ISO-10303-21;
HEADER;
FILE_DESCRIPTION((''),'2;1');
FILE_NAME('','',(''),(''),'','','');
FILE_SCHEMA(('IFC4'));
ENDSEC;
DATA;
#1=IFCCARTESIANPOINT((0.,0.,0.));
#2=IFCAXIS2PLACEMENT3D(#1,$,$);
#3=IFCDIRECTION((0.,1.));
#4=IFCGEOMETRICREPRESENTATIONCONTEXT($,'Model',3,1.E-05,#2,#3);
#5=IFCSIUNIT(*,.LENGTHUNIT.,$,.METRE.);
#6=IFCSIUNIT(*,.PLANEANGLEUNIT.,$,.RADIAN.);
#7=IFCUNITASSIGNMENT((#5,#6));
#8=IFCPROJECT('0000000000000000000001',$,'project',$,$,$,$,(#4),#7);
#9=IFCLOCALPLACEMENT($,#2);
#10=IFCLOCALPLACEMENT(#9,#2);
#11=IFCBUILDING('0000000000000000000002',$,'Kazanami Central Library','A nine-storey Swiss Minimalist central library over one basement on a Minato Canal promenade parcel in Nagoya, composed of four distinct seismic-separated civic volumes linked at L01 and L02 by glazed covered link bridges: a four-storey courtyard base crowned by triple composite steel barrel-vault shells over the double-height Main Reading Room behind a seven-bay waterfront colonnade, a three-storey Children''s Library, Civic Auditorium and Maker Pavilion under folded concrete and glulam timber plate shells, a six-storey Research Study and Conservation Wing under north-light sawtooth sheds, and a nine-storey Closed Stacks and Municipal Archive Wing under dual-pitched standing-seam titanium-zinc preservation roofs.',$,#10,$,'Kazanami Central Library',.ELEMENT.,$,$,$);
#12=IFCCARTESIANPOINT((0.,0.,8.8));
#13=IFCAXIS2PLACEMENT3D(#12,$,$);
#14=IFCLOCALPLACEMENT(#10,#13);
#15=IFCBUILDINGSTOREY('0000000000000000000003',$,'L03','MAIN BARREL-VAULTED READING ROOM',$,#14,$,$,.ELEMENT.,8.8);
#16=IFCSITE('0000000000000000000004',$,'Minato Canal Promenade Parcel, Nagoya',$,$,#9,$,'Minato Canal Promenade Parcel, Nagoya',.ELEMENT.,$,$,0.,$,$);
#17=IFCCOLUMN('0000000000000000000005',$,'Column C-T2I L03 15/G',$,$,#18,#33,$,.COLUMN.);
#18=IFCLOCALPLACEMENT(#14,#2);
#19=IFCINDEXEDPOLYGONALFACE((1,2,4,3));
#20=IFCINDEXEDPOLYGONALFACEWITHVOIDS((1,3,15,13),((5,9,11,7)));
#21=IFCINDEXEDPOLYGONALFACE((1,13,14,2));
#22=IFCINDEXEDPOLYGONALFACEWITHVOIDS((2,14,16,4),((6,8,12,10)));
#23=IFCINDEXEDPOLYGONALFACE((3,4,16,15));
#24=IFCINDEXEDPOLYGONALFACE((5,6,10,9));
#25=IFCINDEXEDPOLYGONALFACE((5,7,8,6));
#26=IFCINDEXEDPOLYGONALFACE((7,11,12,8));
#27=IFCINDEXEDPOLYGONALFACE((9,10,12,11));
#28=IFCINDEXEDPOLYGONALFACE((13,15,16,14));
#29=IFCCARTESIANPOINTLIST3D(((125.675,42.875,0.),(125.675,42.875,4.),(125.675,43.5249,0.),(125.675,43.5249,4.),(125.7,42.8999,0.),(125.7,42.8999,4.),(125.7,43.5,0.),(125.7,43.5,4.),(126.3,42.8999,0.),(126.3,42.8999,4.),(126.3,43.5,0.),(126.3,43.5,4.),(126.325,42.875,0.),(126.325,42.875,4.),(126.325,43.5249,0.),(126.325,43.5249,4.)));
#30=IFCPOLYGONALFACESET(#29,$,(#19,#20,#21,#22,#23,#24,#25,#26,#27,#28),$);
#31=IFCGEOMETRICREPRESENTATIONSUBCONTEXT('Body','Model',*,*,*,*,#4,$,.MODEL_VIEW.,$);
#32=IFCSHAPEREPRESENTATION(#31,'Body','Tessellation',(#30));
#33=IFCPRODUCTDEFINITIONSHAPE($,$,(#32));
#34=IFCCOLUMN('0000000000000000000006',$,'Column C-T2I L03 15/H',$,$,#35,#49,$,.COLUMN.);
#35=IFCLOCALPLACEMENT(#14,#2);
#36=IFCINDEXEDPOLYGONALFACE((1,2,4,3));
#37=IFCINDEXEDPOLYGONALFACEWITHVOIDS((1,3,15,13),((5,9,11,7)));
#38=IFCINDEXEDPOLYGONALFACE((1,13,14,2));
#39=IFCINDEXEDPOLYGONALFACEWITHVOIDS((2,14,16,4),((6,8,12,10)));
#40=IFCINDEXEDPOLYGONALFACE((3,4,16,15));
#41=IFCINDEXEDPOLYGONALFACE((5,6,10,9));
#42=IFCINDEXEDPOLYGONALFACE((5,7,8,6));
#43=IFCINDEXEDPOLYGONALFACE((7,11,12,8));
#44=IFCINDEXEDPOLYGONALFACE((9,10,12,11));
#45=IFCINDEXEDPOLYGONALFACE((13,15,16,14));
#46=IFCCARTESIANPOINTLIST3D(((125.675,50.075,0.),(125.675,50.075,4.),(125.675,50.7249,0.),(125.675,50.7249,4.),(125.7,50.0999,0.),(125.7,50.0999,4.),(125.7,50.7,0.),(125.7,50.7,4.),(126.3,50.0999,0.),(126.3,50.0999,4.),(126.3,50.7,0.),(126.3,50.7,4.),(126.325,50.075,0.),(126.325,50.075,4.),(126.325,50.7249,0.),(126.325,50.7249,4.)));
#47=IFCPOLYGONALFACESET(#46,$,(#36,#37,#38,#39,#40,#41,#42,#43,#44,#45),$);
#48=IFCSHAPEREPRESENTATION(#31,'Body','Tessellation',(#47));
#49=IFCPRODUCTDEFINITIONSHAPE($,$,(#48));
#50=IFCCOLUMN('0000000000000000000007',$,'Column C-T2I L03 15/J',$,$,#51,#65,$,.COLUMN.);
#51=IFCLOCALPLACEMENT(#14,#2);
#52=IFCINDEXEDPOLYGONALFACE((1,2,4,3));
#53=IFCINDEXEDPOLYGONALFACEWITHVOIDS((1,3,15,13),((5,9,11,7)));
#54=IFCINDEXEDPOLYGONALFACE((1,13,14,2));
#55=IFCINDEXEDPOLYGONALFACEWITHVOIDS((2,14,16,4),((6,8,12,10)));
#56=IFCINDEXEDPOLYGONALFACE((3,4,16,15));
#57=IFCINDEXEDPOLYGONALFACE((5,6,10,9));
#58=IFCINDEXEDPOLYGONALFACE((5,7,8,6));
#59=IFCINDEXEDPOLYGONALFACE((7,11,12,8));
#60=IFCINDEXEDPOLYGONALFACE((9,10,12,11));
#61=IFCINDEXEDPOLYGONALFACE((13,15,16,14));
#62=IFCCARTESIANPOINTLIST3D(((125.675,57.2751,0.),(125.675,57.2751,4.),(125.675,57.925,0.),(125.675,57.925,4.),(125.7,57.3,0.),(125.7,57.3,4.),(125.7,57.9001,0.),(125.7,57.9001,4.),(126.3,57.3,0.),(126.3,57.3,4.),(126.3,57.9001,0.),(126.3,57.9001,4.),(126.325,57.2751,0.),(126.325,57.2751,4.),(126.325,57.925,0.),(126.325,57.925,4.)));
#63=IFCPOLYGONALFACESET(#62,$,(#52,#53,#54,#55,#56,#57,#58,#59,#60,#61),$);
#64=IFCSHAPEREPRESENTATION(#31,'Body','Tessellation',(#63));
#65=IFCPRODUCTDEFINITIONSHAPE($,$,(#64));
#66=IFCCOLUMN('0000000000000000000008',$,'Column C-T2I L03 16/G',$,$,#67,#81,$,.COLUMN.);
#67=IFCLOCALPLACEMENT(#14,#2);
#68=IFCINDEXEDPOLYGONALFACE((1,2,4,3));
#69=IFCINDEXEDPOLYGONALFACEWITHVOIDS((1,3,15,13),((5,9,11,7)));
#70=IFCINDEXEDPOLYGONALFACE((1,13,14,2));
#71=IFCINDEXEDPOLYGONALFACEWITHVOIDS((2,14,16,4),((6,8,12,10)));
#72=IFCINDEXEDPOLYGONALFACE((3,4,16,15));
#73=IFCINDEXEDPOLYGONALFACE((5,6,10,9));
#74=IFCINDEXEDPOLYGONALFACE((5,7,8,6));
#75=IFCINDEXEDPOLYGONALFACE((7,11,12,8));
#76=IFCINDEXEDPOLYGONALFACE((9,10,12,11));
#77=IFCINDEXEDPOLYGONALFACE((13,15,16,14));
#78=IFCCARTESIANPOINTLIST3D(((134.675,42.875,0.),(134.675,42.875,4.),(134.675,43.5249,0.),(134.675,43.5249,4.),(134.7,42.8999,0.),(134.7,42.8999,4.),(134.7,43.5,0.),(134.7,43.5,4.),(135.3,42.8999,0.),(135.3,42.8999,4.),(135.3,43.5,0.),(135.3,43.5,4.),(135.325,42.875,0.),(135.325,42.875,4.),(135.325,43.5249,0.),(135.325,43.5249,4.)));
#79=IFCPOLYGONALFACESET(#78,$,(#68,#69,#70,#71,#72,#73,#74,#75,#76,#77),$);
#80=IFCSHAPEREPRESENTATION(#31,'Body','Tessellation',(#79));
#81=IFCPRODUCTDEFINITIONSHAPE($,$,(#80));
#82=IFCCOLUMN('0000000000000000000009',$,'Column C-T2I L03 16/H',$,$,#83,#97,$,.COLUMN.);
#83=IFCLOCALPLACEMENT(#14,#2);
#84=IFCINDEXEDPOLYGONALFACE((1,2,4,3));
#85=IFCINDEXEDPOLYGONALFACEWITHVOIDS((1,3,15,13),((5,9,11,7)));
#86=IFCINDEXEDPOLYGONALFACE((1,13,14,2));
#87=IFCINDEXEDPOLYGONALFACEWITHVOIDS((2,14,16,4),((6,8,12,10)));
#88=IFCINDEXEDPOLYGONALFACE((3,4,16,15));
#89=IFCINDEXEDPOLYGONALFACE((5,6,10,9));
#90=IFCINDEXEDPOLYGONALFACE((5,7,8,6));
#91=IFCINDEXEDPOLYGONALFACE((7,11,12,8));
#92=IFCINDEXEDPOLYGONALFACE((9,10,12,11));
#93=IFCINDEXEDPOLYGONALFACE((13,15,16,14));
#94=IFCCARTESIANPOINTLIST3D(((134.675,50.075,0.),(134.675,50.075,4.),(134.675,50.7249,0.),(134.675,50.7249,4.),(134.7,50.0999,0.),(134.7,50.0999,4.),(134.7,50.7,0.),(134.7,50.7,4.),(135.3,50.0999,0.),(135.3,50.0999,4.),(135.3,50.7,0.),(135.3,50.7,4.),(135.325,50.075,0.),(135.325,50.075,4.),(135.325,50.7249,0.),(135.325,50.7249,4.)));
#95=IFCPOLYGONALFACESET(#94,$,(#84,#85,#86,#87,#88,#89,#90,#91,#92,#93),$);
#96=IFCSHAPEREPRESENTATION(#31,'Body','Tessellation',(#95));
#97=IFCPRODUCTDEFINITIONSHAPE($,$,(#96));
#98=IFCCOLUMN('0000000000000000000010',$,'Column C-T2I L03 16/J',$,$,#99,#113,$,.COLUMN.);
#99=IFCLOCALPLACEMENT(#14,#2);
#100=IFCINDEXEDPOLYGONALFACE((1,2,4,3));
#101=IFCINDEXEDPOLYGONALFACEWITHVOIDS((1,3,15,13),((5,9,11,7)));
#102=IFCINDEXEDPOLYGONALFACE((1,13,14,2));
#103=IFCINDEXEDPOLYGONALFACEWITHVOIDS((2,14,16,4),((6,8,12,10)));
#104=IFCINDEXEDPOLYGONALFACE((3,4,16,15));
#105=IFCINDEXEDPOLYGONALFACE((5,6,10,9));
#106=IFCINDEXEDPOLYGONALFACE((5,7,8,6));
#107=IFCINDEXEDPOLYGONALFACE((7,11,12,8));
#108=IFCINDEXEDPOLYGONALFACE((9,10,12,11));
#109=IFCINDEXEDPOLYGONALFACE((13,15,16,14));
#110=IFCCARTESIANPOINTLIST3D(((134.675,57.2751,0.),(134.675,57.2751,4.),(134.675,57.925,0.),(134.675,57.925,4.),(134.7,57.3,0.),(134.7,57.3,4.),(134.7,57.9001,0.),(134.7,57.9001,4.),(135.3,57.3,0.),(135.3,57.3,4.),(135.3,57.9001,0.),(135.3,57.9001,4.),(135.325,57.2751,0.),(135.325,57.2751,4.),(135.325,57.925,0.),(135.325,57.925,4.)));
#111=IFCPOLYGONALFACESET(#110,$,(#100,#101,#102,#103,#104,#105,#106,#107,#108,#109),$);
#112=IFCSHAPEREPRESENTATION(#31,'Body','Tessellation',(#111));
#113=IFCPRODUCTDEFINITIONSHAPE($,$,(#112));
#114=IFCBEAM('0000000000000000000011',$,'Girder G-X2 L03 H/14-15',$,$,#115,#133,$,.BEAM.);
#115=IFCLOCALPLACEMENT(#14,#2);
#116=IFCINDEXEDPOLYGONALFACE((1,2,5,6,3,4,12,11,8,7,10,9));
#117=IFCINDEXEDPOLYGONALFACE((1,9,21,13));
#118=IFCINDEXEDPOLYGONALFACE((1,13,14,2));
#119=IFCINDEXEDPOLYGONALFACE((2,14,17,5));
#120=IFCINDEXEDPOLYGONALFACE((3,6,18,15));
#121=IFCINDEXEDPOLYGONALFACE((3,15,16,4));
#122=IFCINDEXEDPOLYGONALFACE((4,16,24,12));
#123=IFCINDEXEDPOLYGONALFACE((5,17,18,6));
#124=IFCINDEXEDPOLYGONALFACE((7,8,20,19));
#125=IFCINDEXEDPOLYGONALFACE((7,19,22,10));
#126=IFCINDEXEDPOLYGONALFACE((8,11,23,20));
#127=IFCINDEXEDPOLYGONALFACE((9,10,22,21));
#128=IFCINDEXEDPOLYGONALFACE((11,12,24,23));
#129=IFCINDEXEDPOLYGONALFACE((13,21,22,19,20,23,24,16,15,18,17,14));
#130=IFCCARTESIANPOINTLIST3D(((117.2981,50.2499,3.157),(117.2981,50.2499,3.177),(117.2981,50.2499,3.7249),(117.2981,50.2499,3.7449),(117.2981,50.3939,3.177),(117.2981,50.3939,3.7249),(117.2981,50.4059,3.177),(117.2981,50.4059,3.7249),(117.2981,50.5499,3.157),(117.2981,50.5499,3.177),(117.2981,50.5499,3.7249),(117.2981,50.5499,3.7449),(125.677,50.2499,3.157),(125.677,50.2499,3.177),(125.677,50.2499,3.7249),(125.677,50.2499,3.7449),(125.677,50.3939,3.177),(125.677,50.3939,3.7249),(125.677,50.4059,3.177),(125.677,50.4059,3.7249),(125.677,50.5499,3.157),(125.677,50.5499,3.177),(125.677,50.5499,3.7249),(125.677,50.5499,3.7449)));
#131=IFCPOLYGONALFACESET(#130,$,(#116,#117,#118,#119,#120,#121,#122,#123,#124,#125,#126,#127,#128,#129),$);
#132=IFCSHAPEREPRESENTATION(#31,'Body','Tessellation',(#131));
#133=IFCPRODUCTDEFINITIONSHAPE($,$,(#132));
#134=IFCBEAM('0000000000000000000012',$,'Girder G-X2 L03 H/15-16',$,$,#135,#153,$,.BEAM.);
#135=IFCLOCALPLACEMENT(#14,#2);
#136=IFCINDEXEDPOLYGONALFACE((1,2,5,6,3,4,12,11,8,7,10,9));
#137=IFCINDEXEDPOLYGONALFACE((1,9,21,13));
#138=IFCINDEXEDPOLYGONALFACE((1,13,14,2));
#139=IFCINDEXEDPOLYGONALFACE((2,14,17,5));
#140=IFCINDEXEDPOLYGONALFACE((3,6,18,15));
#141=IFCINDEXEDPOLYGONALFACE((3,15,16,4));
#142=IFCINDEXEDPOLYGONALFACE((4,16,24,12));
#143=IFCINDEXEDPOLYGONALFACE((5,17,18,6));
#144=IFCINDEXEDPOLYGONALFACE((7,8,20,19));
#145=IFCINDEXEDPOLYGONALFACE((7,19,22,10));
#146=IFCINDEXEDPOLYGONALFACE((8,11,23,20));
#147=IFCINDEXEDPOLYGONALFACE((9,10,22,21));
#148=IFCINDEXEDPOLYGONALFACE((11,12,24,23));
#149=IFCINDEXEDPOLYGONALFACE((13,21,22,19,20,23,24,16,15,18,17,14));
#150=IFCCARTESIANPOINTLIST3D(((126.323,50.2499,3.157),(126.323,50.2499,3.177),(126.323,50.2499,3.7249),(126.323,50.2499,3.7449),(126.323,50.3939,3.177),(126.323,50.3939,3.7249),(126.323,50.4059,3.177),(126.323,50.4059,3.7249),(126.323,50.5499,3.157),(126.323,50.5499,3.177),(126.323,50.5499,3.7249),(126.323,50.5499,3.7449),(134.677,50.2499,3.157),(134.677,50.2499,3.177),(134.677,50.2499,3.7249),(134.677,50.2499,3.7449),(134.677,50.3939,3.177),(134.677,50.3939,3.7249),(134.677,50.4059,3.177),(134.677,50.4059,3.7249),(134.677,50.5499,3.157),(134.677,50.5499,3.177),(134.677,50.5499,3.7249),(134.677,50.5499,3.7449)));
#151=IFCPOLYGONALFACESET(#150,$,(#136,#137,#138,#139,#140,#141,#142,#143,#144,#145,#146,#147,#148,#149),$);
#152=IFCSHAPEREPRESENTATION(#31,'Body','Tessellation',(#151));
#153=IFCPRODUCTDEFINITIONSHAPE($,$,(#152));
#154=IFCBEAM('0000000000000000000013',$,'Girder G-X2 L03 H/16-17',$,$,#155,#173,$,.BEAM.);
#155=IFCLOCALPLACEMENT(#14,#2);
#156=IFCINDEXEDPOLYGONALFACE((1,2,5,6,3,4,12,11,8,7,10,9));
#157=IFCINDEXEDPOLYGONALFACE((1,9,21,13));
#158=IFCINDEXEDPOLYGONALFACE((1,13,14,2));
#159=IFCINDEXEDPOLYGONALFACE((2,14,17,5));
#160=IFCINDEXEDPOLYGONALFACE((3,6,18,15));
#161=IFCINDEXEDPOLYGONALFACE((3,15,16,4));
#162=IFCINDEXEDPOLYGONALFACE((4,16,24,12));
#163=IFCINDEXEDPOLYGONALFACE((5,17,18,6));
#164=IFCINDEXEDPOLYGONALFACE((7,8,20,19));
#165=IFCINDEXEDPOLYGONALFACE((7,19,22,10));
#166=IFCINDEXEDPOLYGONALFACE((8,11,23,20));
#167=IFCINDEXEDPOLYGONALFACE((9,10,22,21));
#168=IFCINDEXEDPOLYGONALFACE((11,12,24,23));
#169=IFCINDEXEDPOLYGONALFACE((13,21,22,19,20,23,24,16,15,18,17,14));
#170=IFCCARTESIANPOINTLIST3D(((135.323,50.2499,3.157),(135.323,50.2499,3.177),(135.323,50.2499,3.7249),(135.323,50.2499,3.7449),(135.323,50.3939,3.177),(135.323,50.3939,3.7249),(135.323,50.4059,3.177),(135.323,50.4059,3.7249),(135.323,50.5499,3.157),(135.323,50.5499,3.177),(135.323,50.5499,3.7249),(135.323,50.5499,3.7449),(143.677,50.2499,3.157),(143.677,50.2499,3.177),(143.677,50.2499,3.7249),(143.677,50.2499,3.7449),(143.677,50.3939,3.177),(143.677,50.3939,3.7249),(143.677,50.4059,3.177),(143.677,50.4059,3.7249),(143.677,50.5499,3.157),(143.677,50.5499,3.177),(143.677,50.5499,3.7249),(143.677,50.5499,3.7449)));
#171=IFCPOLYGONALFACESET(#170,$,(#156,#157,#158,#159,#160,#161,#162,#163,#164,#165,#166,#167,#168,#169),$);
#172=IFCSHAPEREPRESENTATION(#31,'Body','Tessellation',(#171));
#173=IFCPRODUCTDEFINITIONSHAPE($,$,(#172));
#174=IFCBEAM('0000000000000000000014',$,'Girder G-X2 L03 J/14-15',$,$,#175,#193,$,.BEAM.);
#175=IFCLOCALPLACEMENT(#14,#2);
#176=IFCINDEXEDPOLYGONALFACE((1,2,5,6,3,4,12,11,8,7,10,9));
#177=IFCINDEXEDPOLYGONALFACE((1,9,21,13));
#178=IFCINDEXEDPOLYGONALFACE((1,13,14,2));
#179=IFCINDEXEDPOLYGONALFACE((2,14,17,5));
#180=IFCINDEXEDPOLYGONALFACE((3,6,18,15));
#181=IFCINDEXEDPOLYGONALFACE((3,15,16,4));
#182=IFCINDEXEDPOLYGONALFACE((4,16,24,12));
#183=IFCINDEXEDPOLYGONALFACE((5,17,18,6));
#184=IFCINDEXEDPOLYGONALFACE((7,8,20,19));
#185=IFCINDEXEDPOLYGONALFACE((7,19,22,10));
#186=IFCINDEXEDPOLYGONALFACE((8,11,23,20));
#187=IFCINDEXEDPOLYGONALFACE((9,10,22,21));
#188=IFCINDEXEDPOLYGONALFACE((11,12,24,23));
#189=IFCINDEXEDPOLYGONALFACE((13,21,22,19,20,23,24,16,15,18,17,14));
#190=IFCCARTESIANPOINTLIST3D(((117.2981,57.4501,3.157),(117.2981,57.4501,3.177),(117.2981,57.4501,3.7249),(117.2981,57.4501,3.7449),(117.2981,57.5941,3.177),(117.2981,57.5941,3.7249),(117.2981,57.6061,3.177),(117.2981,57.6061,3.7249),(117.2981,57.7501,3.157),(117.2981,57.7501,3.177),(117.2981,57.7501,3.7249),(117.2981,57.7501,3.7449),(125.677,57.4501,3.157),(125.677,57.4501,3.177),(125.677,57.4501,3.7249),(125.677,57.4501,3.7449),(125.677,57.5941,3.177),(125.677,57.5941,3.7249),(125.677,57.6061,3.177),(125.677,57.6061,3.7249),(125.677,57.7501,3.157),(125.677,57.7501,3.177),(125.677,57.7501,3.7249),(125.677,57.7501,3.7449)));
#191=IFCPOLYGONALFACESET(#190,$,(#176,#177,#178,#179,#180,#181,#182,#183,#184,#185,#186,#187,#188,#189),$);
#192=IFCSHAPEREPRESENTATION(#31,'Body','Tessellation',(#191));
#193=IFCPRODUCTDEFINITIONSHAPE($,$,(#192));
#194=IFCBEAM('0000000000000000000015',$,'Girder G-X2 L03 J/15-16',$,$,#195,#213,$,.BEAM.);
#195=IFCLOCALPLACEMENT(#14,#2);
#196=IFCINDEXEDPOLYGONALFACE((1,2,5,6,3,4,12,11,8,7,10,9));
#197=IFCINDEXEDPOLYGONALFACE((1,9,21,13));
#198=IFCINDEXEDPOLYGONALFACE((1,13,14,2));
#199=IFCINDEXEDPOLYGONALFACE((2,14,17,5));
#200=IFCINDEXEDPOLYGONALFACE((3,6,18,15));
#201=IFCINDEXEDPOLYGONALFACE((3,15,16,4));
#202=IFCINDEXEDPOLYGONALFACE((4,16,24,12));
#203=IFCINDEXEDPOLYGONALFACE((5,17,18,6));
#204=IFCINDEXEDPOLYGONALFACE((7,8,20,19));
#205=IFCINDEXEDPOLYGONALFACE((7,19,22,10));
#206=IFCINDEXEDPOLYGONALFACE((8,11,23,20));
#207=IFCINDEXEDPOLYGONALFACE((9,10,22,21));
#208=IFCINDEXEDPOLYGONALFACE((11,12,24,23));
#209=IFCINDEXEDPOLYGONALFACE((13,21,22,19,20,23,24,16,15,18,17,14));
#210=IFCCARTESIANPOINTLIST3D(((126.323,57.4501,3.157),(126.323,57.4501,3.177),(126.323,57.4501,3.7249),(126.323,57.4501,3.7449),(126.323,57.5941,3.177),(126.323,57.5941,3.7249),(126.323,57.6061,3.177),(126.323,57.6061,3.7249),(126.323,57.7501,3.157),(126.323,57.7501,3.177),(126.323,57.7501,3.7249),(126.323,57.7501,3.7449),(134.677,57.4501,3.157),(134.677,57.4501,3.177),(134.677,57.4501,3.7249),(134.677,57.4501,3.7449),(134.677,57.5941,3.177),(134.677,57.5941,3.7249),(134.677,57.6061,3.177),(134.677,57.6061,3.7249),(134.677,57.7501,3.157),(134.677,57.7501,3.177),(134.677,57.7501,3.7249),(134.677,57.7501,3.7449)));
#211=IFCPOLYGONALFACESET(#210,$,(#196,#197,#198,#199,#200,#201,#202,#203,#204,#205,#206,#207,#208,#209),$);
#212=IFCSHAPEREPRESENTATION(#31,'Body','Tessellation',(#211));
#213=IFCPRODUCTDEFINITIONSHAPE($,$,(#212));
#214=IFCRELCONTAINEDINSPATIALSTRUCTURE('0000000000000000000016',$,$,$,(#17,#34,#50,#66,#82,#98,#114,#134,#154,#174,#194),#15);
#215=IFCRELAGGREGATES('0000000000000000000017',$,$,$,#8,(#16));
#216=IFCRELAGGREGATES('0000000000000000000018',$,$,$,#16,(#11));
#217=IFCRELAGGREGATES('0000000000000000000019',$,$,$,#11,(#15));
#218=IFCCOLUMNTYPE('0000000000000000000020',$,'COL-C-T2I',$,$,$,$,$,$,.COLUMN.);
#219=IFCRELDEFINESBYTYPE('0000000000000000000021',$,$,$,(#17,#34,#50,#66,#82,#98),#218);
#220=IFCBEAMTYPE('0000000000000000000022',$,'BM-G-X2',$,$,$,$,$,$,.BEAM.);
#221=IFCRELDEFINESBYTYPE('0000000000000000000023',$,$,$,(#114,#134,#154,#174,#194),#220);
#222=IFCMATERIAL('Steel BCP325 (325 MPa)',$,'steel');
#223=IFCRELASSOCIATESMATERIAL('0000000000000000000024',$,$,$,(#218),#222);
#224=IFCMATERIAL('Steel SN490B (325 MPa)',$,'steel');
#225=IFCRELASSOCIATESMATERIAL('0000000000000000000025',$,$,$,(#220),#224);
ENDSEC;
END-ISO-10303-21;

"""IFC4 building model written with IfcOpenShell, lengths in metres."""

from ifc_helpers import new_model, si_unit, direction, frame, origin, origin_2d, place, context, subcontext, project, spatial, hollow_rectangle, i_section, extrude, material, material_profile, profile_set, type_object, element, save


model = new_model("IFC4")

# Units and contexts
model_context = context("Model", 3, precision=1e-05, world=origin(), true_north=direction((0.0, 1.0)))
body_context = subcontext(model_context, "Body", "Model", "MODEL_VIEW")
ifc_project = project(units=[si_unit("LENGTHUNIT", "METRE"), si_unit("PLANEANGLEUNIT", "RADIAN")], contexts=[model_context])

# Site, building, storey
site_placement = place(None, origin())
site = spatial("IfcSite", under=ifc_project, at=site_placement, Name="Minato Canal Promenade Parcel, Nagoya", LongName="Minato Canal Promenade Parcel, Nagoya", CompositionType="ELEMENT", RefElevation=0.0)
building_placement = place(site_placement, origin())
building = spatial("IfcBuilding", under=site, at=building_placement, Name="Kazanami Central Library", Description="A nine-storey Swiss Minimalist central library over one basement on a Minato Canal promenade parcel in Nagoya, composed of four distinct seismic-separated civic volumes linked at L01 and L02 by glazed covered link bridges: a four-storey courtyard base crowned by triple composite steel barrel-vault shells over the double-height Main Reading Room behind a seven-bay waterfront colonnade, a three-storey Children's Library, Civic Auditorium and Maker Pavilion under folded concrete and glulam timber plate shells, a six-storey Research Study and Conservation Wing under north-light sawtooth sheds, and a nine-storey Closed Stacks and Municipal Archive Wing under dual-pitched standing-seam titanium-zinc preservation roofs.", LongName="Kazanami Central Library", CompositionType="ELEMENT")
storey_placement = place(building_placement, frame((0.0, 0.0, 8.8)))
storey = spatial("IfcBuildingStorey", under=building, at=storey_placement, Name="L03", Description="MAIN BARREL-VAULTED READING ROOM", CompositionType="ELEMENT", Elevation=8.8)

# Columns
ifc_material_1 = material(Name="Steel BCP325 (325 MPa)", Category="steel")
ifc_material_profile_1 = material_profile(ifc_material_1, hollow_rectangle(XDim=0.6499, YDim=0.6499, WallThickness=0.0249, at=origin_2d()), Name="BCP-650x650x25")
ifc_profile_set_1 = profile_set([ifc_material_profile_1], Name="Steel BCP325 (325 MPa)")
column_type = type_object("IfcColumnType", Name="COL-C-T2I", PredefinedType="COLUMN", material=ifc_profile_set_1)
for number, where, z_axis, x_axis, name in (
    (1, (126.0, 43.2, 0.0), (0.0, 0.0, 1.0), (1.0, 0.0, 0.0), "Column C-T2I L03 15/G"),
    (2, (126.0, 50.3999, 0.0), (0.0, 0.0, 1.0), (1.0, 0.0, 0.0), "Column C-T2I L03 15/H"),
    (3, (126.0, 57.6001, 0.0), (0.0, 0.0, 1.0), (1.0, 0.0, 0.0), "Column C-T2I L03 15/J"),
    (4, (135.0, 43.2, 0.0), (0.0, 0.0, 1.0), (1.0, 0.0, 0.0), "Column C-T2I L03 16/G"),
    (5, (135.0, 50.3999, 0.0), (0.0, 0.0, 1.0), (1.0, 0.0, 0.0), "Column C-T2I L03 16/H"),
    (6, (135.0, 57.6001, 0.0), (0.0, 0.0, 1.0), (1.0, 0.0, 0.0), "Column C-T2I L03 16/J"),
):
    element("IfcColumn", number, at=place(storey_placement, frame(where, z_axis=z_axis, x_axis=x_axis)), inside=storey, type_object=column_type, Name=name, PredefinedType="COLUMN", context=body_context, shape_type="SweptSolid", body=[
        extrude(hollow_rectangle(XDim=0.6499, YDim=0.6499, WallThickness=0.0249, at=origin_2d()), origin(), (0.0, 0.0, 1.0), 4.0),
    ])

# Beams
ifc_material_2 = material(Name="Steel SN490B (325 MPa)", Category="steel")
ifc_material_profile_2 = material_profile(ifc_material_2, i_section(OverallWidth=0.3, OverallDepth=0.5879, WebThickness=0.012, FlangeThickness=0.02, at=origin_2d()), Name="H-588x300x12x20")
ifc_profile_set_2 = profile_set([ifc_material_profile_2], Name="Steel SN490B (325 MPa)")
beam_type_1 = type_object("IfcBeamType", Name="BM-G-X2", PredefinedType="BEAM", material=ifc_profile_set_2)
beam_1_placement = place(storey_placement, frame((117.2981, 50.3999, 3.4509), z_axis=(1.0, 0.0, 0.0), x_axis=(0.0, 1.0, 0.0)))
element("IfcBeam", 7, at=beam_1_placement, inside=storey, type_object=beam_type_1, Name="Girder G-X2 L03 H/14-15", PredefinedType="BEAM", context=body_context, shape_type="SweptSolid", body=[
    extrude(i_section(OverallWidth=0.3, OverallDepth=0.5879, WebThickness=0.012, FlangeThickness=0.02, at=origin_2d()), origin(), (0.0, 0.0, 1.0), 8.3789),
])
for number, where, z_axis, x_axis, name in (
    (8, (126.323, 50.3999, 3.4509), (1.0, 0.0, 0.0), (0.0, 1.0, 0.0), "Girder G-X2 L03 H/15-16"),
    (9, (135.323, 50.3999, 3.4509), (1.0, 0.0, 0.0), (0.0, 1.0, 0.0), "Girder G-X2 L03 H/16-17"),
):
    element("IfcBeam", number, at=place(storey_placement, frame(where, z_axis=z_axis, x_axis=x_axis)), inside=storey, type_object=beam_type_1, Name=name, PredefinedType="BEAM", context=body_context, shape_type="SweptSolid", body=[
        extrude(i_section(OverallWidth=0.3, OverallDepth=0.5879, WebThickness=0.012, FlangeThickness=0.02, at=origin_2d()), origin(), (0.0, 0.0, 1.0), 8.354),
    ])
beam_2_placement = place(storey_placement, frame((117.2981, 57.6001, 3.4509), z_axis=(1.0, 0.0, 0.0), x_axis=(0.0, 1.0, 0.0)))
element("IfcBeam", 10, at=beam_2_placement, inside=storey, type_object=beam_type_1, Name="Girder G-X2 L03 J/14-15", PredefinedType="BEAM", context=body_context, shape_type="SweptSolid", body=[
    extrude(i_section(OverallWidth=0.3, OverallDepth=0.5879, WebThickness=0.012, FlangeThickness=0.02, at=origin_2d()), origin(), (0.0, 0.0, 1.0), 8.3789),
])
beam_3_placement = place(storey_placement, frame((126.323, 57.6001, 3.4509), z_axis=(1.0, 0.0, 0.0), x_axis=(0.0, 1.0, 0.0)))
element("IfcBeam", 11, at=beam_3_placement, inside=storey, type_object=beam_type_1, Name="Girder G-X2 L03 J/15-16", PredefinedType="BEAM", context=body_context, shape_type="SweptSolid", body=[
    extrude(i_section(OverallWidth=0.3, OverallDepth=0.5879, WebThickness=0.012, FlangeThickness=0.02, at=origin_2d()), origin(), (0.0, 0.0, 1.0), 8.354),
])

save(model, "model.ifc")
